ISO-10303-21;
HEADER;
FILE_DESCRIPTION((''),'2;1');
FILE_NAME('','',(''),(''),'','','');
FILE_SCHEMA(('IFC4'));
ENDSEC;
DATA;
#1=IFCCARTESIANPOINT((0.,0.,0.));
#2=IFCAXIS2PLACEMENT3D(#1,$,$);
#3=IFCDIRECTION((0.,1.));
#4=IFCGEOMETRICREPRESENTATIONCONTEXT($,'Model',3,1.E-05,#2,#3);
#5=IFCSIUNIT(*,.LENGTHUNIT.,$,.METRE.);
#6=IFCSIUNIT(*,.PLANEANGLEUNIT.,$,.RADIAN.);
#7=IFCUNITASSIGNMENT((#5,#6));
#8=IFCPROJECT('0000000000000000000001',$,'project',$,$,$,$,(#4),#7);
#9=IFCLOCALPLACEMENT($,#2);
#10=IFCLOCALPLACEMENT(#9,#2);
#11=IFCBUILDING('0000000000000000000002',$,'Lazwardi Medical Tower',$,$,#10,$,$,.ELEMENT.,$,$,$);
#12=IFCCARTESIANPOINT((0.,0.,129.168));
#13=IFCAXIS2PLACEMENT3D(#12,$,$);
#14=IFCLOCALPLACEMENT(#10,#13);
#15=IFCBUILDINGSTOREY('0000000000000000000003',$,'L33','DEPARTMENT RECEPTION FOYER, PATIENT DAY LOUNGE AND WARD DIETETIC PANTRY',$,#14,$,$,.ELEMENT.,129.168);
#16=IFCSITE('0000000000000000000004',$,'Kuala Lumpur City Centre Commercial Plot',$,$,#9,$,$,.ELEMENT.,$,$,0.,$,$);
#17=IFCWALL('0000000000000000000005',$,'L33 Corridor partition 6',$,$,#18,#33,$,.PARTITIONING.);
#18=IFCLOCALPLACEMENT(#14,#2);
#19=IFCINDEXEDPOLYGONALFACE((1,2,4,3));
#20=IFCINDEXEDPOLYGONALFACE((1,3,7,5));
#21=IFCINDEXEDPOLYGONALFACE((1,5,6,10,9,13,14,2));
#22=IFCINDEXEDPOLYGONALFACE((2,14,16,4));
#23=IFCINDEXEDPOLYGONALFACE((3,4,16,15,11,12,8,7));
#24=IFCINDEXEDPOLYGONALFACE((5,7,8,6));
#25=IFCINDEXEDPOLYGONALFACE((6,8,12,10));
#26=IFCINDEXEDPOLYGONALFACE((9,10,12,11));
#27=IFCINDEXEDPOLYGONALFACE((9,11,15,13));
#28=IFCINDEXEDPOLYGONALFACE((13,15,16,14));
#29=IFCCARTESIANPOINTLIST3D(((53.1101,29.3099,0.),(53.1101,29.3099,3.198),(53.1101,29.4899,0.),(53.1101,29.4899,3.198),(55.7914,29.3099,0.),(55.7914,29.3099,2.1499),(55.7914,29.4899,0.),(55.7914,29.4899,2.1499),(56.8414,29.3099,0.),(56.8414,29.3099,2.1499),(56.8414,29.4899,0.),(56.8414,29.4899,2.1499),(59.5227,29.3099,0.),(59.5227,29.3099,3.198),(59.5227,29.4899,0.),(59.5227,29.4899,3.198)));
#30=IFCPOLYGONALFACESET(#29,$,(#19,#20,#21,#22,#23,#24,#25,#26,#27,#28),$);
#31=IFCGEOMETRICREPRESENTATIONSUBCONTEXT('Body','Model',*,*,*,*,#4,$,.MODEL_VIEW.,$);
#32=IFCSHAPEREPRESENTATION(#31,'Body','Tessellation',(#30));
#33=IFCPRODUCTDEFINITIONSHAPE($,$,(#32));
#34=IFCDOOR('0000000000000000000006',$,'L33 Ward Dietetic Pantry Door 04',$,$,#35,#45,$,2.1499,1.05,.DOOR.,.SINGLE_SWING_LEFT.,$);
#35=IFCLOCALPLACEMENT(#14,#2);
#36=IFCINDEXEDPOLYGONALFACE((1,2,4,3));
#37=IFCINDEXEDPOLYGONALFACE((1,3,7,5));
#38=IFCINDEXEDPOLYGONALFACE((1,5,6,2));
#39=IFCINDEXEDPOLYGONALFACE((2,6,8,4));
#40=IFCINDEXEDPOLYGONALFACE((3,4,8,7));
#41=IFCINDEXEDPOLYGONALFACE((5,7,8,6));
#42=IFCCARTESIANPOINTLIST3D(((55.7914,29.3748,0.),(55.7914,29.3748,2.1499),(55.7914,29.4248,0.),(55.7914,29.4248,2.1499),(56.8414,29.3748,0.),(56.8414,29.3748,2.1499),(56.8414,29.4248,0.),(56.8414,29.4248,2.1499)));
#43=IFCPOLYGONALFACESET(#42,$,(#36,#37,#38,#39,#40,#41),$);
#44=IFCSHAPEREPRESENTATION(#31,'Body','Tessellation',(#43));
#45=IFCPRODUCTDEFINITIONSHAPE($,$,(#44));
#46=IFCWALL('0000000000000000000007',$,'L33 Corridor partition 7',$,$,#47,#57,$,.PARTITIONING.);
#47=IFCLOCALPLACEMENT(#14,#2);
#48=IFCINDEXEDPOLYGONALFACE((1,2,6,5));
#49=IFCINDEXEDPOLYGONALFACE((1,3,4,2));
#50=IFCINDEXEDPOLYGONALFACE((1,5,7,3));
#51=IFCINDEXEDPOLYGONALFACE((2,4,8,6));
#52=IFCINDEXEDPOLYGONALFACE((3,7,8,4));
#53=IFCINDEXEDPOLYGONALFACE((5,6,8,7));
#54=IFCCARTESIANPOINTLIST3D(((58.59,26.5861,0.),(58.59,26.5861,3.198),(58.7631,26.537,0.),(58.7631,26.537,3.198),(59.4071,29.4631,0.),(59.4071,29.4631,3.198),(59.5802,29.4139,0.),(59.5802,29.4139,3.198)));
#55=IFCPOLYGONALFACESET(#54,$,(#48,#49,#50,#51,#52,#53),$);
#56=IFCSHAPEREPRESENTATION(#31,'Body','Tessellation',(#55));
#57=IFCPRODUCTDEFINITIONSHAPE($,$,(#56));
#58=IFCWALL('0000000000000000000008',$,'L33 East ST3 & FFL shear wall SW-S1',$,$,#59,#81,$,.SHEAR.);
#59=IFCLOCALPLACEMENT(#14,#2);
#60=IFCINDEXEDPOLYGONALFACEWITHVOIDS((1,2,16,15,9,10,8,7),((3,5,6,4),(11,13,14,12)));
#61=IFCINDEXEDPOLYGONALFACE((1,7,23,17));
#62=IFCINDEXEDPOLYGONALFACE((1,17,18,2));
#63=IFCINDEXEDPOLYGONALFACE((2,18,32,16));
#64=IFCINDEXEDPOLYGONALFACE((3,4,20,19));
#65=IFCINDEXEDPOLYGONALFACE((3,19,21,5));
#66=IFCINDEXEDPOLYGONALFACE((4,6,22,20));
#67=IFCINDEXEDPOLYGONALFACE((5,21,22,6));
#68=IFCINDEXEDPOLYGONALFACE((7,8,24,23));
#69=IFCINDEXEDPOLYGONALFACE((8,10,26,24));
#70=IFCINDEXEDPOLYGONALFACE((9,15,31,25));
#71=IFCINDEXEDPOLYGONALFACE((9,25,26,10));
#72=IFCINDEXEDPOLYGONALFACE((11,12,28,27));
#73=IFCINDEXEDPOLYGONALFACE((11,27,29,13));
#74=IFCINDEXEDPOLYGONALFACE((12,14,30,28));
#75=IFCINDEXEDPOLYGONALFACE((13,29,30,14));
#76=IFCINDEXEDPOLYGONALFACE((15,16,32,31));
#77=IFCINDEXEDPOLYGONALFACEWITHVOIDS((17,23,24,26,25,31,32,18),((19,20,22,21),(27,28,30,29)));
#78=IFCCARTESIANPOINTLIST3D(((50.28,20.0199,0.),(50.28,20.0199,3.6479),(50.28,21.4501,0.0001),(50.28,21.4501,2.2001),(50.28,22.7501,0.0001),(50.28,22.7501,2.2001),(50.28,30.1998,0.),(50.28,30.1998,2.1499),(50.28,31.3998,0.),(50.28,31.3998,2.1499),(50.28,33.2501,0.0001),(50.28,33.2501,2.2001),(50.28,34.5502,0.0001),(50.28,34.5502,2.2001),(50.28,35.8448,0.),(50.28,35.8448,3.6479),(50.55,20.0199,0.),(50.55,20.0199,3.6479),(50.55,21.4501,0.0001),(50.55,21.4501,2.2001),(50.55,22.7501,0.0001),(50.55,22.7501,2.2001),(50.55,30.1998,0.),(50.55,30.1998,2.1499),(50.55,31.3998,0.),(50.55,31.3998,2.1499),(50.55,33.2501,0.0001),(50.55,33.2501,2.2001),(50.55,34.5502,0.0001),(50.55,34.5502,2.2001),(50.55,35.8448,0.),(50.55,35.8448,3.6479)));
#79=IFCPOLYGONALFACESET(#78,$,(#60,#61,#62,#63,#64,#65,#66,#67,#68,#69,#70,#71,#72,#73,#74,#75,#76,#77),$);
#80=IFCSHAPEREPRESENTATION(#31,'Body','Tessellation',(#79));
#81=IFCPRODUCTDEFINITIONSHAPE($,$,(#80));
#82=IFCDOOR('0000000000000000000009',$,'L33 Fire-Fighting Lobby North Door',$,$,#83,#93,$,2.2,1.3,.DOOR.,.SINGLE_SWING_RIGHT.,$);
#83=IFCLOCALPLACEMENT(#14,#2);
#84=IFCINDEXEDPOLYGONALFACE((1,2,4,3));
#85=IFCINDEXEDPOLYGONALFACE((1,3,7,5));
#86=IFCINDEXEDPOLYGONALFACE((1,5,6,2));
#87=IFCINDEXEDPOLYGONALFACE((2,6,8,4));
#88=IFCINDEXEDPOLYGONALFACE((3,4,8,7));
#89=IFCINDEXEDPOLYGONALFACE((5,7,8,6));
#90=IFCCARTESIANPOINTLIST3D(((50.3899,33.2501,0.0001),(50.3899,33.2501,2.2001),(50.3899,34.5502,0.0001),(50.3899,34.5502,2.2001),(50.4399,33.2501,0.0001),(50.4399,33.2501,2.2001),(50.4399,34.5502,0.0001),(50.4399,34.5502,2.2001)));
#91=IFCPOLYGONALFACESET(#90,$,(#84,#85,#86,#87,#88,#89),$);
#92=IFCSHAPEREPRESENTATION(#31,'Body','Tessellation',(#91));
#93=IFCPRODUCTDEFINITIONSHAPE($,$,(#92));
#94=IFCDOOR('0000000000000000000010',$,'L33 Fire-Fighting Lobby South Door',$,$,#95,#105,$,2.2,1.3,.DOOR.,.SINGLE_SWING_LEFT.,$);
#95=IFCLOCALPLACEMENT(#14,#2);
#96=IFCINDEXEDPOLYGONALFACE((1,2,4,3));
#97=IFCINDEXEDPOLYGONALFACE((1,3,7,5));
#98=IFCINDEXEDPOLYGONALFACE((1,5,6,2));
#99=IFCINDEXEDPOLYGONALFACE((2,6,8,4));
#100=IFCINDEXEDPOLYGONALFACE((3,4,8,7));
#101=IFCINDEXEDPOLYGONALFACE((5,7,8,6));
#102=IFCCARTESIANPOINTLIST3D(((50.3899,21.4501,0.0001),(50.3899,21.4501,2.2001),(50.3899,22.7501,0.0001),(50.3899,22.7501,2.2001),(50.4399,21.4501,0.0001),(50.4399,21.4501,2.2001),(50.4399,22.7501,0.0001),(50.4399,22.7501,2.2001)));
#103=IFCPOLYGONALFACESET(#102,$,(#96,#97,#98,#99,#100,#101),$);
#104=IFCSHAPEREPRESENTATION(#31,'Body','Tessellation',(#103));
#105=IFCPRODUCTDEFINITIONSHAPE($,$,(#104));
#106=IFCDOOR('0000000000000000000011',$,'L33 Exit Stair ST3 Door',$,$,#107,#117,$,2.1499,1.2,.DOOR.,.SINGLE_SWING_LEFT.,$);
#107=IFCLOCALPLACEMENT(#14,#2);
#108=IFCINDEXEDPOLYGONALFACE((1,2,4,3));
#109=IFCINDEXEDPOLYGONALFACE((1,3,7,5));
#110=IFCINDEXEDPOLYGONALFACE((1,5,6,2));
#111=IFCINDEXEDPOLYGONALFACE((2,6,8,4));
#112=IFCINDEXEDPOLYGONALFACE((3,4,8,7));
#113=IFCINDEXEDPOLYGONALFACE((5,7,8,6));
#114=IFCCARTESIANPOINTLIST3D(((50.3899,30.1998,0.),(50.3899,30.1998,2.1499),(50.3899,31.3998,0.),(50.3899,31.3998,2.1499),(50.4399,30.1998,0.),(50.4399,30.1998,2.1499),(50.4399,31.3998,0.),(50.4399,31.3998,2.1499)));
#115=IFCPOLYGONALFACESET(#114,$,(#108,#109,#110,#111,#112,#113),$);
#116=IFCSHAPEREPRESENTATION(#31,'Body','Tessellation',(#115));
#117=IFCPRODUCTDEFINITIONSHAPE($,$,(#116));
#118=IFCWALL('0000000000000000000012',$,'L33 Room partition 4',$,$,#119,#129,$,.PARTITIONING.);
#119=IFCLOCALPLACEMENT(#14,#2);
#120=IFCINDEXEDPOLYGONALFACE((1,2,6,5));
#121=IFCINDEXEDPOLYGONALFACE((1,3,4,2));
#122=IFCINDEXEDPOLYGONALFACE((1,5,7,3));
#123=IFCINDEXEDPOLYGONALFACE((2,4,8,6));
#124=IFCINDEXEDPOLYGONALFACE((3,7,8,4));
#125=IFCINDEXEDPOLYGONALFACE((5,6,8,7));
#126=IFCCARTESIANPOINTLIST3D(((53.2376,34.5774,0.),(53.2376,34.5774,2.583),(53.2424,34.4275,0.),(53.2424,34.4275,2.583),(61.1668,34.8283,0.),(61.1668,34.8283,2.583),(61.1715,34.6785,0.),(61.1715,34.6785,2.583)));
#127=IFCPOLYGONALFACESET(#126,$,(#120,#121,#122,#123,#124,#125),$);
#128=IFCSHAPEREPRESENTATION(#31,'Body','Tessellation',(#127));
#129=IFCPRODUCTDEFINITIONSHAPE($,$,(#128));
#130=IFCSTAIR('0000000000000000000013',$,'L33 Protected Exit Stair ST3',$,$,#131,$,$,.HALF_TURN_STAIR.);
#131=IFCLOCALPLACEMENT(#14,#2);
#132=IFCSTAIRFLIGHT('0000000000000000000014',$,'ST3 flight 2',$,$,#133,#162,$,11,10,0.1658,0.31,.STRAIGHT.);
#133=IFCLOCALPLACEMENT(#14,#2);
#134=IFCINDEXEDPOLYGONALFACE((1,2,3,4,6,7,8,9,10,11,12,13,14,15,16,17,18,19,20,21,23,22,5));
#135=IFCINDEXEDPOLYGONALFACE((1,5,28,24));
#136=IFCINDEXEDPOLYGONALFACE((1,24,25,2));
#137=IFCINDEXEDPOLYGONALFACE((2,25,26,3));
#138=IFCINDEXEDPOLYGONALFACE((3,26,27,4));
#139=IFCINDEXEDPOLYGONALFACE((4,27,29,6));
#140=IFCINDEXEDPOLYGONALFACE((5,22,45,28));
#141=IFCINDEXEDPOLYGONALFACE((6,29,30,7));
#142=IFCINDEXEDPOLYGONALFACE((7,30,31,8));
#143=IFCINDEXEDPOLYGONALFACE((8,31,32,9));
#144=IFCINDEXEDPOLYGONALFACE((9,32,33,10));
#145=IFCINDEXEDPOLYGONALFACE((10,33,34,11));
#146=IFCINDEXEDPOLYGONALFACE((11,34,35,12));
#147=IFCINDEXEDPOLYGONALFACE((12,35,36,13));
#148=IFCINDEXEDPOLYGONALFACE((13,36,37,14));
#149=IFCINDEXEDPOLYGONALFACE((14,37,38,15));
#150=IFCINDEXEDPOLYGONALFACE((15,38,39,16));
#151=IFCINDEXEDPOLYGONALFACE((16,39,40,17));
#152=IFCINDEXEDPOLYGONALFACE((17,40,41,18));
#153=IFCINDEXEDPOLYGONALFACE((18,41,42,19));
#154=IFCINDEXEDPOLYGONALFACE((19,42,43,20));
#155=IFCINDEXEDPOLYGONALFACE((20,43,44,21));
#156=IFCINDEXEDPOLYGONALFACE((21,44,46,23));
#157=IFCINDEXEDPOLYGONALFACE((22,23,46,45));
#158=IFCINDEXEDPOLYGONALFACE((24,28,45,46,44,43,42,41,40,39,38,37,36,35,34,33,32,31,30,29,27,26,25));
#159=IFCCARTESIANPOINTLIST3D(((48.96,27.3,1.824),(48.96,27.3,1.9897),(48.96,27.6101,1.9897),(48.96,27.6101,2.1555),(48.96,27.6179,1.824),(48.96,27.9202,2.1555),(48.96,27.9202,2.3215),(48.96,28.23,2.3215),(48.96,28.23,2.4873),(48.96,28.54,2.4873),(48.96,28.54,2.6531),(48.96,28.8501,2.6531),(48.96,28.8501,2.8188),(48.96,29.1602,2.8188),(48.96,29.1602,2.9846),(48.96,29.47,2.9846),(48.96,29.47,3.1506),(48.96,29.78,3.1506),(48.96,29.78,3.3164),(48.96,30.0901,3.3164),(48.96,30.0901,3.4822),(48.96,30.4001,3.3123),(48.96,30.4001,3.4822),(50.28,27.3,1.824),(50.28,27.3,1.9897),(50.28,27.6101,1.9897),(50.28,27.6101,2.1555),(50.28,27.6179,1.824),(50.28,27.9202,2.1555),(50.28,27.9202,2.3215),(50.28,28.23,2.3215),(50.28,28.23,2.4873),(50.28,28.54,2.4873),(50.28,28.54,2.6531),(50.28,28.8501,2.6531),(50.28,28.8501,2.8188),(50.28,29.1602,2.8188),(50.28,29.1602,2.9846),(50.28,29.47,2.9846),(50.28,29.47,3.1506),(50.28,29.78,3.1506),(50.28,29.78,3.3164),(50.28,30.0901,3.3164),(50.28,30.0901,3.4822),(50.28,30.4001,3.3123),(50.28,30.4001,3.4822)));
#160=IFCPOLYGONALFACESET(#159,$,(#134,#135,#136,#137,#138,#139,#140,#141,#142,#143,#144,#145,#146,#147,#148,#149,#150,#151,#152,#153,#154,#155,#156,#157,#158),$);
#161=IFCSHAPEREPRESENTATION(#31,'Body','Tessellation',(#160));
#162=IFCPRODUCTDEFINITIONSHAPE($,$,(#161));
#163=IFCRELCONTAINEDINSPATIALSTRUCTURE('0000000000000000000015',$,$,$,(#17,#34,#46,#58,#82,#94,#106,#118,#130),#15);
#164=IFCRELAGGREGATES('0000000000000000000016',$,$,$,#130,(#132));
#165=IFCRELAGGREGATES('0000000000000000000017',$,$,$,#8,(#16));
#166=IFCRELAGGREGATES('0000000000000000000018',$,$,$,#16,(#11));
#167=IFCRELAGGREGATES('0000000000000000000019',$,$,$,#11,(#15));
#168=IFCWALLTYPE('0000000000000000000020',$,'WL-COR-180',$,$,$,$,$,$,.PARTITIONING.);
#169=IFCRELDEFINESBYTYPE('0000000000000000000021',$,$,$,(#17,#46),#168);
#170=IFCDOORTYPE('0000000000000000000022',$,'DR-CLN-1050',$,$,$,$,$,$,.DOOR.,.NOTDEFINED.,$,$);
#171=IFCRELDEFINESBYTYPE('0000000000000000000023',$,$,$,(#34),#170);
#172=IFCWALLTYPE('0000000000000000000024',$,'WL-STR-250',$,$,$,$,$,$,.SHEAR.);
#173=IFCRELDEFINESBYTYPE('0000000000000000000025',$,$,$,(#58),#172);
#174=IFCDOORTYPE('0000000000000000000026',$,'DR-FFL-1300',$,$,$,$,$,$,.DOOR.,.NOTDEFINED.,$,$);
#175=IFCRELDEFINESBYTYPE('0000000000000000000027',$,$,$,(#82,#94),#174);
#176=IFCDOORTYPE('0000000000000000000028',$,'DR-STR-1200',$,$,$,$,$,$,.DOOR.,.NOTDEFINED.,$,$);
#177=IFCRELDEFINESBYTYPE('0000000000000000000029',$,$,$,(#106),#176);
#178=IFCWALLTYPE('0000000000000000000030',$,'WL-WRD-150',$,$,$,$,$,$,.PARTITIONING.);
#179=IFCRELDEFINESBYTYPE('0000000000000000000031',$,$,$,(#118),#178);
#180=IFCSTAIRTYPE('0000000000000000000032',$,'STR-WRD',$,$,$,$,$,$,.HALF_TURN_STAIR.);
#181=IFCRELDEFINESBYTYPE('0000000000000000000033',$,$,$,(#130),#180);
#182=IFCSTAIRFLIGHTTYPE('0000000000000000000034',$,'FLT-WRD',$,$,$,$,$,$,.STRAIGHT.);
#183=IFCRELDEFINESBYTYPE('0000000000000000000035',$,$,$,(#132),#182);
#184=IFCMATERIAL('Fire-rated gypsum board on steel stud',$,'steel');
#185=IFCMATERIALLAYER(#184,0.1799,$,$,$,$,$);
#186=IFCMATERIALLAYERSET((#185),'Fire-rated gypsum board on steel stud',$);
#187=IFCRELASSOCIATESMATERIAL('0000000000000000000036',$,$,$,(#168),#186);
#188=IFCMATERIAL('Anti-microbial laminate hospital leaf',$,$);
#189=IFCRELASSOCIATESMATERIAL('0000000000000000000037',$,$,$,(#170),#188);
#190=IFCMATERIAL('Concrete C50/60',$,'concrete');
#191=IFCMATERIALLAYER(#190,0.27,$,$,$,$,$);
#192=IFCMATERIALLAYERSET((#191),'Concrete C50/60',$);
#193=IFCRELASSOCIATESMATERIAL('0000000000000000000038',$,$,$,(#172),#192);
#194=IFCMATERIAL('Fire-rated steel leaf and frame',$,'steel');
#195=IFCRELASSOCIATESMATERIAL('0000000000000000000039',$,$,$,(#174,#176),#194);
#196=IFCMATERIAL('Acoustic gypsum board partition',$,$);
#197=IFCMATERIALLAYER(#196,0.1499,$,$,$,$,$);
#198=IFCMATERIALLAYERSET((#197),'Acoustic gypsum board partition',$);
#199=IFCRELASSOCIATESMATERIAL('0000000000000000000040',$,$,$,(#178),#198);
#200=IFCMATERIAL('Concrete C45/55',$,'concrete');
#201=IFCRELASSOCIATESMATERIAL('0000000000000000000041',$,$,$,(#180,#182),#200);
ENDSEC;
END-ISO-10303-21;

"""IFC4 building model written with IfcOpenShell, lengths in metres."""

from ifc_helpers import new_model, si_unit, direction, frame, frame_2d, origin, place, context, subcontext, project, spatial, polyline, rectangle, outline, extrude, material, layer, layer_set, type_object, element, fill, aggregate, save


model = new_model("IFC4")

# Units and contexts
model_context = context("Model", 3, precision=1e-05, world=origin(), true_north=direction((0.0, 1.0)))
body_context = subcontext(model_context, "Body", "Model", "MODEL_VIEW")
ifc_project = project(units=[si_unit("LENGTHUNIT", "METRE"), si_unit("PLANEANGLEUNIT", "RADIAN")], contexts=[model_context])

# Site, building, storey
site_placement = place(None, origin())
site = spatial("IfcSite", under=ifc_project, at=site_placement, Name="Kuala Lumpur City Centre Commercial Plot", CompositionType="ELEMENT", RefElevation=0.0)
building_placement = place(site_placement, origin())
building = spatial("IfcBuilding", under=site, at=building_placement, Name="Lazwardi Medical Tower", CompositionType="ELEMENT")
storey_placement = place(building_placement, frame((0.0, 0.0, 129.168)))
storey = spatial("IfcBuildingStorey", under=building, at=storey_placement, Name="L33", Description="DEPARTMENT RECEPTION FOYER, PATIENT DAY LOUNGE AND WARD DIETETIC PANTRY", CompositionType="ELEMENT", Elevation=129.168)

# Shared definitions
ifc_material_1 = material(Name="Fire-rated gypsum board on steel stud", Category="steel")
ifc_layer_1 = layer(ifc_material_1, 0.1799)
ifc_layer_set_1 = layer_set([ifc_layer_1], Name="Fire-rated gypsum board on steel stud")
wall_type_1 = type_object("IfcWallType", Name="WL-COR-180", PredefinedType="PARTITIONING", material=ifc_layer_set_1)

# Wall, opening, door
wall_1_placement = place(storey_placement, frame((53.1101, 29.3999, 0.0), z_axis=(0.0, 0.0, 1.0), x_axis=(1.0, 0.0, 0.0)))
wall_1 = element("IfcWall", 1, at=wall_1_placement, inside=storey, type_object=wall_type_1, Name="L33 Corridor partition 6", PredefinedType="PARTITIONING", context=body_context, shape_type="SweptSolid", body=[
    extrude(rectangle(XDim=6.4126, YDim=0.1799, at=frame_2d((3.2063, 0.0))), origin(), (0.0, 0.0, 1.0), 3.198),
])
opening_1_placement = place(wall_1_placement, frame((2.6814, 0.0, 0.0)))
opening_1 = element("IfcOpeningElement", 2, at=opening_1_placement, cuts=wall_1, PredefinedType="OPENING", context=body_context, shape_type="SweptSolid", body=[
    extrude(rectangle(XDim=1.05, YDim=2.1499, at=frame_2d((0.5249, 1.075))), frame((0.0, 0.0999, 0.0), z_axis=(0.0, -1.0, 0.0), x_axis=(1.0, 0.0, 0.0)), (0.0, 0.0, 1.0), 0.2),
])
ifc_material_2 = material(Name="Anti-microbial laminate hospital leaf")
door_type_1 = type_object("IfcDoorType", Name="DR-CLN-1050", OperationType="NOTDEFINED", PredefinedType="DOOR", material=ifc_material_2)
door_1_placement = place(opening_1_placement, origin())
door_1 = element("IfcDoor", 3, at=door_1_placement, inside=storey, type_object=door_type_1, Name="L33 Ward Dietetic Pantry Door 04", OperationType="SINGLE_SWING_LEFT", OverallHeight=2.1499, OverallWidth=1.05, PredefinedType="DOOR", context=body_context, shape_type="SweptSolid", body=[
    extrude(rectangle(XDim=1.05, YDim=2.1499, at=frame_2d((0.5249, 1.075))), frame((0.0, 0.0249, 0.0), z_axis=(0.0, -1.0, 0.0), x_axis=(1.0, 0.0, 0.0)), (0.0, 0.0, 1.0), 0.05),
])
fill(opening_1, door_1)

# Wall
wall_2_placement = place(storey_placement, frame((59.4937, 29.4385, 0.0), z_axis=(0.0, 0.0, 1.0), x_axis=(-0.273222, -0.961951, 0.0)))
element("IfcWall", 4, at=wall_2_placement, inside=storey, type_object=wall_type_1, Name="L33 Corridor partition 7", PredefinedType="PARTITIONING", context=body_context, shape_type="SweptSolid", body=[
    extrude(rectangle(XDim=2.9907, YDim=0.1799, at=frame_2d((1.4954, 0.0))), origin(), (0.0, 0.0, 1.0), 3.198),
])

# Wall, openings, doors
ifc_material_3 = material(Name="Concrete C50/60", Category="concrete")
ifc_layer_2 = layer(ifc_material_3, 0.27)
ifc_layer_set_2 = layer_set([ifc_layer_2], Name="Concrete C50/60")
wall_type_2 = type_object("IfcWallType", Name="WL-STR-250", PredefinedType="SHEAR", material=ifc_layer_set_2)
wall_3_placement = place(storey_placement, frame((50.415, 35.845, 0.0), z_axis=(0.0, 0.0, 1.0), x_axis=(0.0, -1.0, 0.0)))
wall_3 = element("IfcWall", 5, at=wall_3_placement, inside=storey, type_object=wall_type_2, Name="L33 East ST3 & FFL shear wall SW-S1", PredefinedType="SHEAR", context=body_context, shape_type="SweptSolid", body=[
    extrude(rectangle(XDim=15.825, YDim=0.27, at=frame_2d((7.9126, 0.0))), origin(), (0.0, 0.0, 1.0), 3.6479),
])
opening_2_placement = place(wall_3_placement, frame((4.4451, 0.0, 0.0)))
opening_2 = element("IfcOpeningElement", 6, at=opening_2_placement, cuts=wall_3, PredefinedType="OPENING", context=body_context, shape_type="SweptSolid", body=[
    extrude(rectangle(XDim=1.2, YDim=2.1499, at=frame_2d((0.6001, 1.075))), frame((0.0, 0.145, 0.0), z_axis=(0.0, -1.0, 0.0), x_axis=(1.0, 0.0, 0.0)), (0.0, 0.0, 1.0), 0.29),
])
opening_3_placement = place(wall_3_placement, frame((1.2949, 0.0, 0.0)))
opening_3 = element("IfcOpeningElement", 7, at=opening_3_placement, cuts=wall_3, PredefinedType="OPENING", context=body_context, shape_type="SweptSolid", body=[
    extrude(rectangle(XDim=1.3, YDim=2.2, at=frame_2d((0.6499, 1.1001))), frame((0.0, 0.145, 0.0), z_axis=(0.0, -1.0, 0.0), x_axis=(1.0, 0.0, 0.0)), (0.0, 0.0, 1.0), 0.29),
])
opening_4_placement = place(wall_3_placement, frame((13.095, 0.0, 0.0)))
opening_4 = element("IfcOpeningElement", 8, at=opening_4_placement, cuts=wall_3, PredefinedType="OPENING", context=body_context, shape_type="SweptSolid", body=[
    extrude(rectangle(XDim=1.3, YDim=2.2, at=frame_2d((0.6499, 1.1001))), frame((0.0, 0.145, 0.0), z_axis=(0.0, -1.0, 0.0), x_axis=(1.0, 0.0, 0.0)), (0.0, 0.0, 1.0), 0.29),
])
ifc_material_4 = material(Name="Fire-rated steel leaf and frame", Category="steel")
door_type_2 = type_object("IfcDoorType", Name="DR-FFL-1300", OperationType="NOTDEFINED", PredefinedType="DOOR", material=ifc_material_4)
door_2_placement = place(opening_3_placement, origin())
door_2 = element("IfcDoor", 9, at=door_2_placement, inside=storey, type_object=door_type_2, Name="L33 Fire-Fighting Lobby North Door", OperationType="SINGLE_SWING_RIGHT", OverallHeight=2.2, OverallWidth=1.3, PredefinedType="DOOR", context=body_context, shape_type="SweptSolid", body=[
    extrude(rectangle(XDim=1.3, YDim=2.2, at=frame_2d((0.6499, 1.1001))), frame((0.0, 0.0249, 0.0), z_axis=(0.0, -1.0, 0.0), x_axis=(1.0, 0.0, 0.0)), (0.0, 0.0, 1.0), 0.05),
])
fill(opening_3, door_2)
door_3_placement = place(opening_4_placement, origin())
door_3 = element("IfcDoor", 10, at=door_3_placement, inside=storey, type_object=door_type_2, Name="L33 Fire-Fighting Lobby South Door", OperationType="SINGLE_SWING_LEFT", OverallHeight=2.2, OverallWidth=1.3, PredefinedType="DOOR", context=body_context, shape_type="SweptSolid", body=[
    extrude(rectangle(XDim=1.3, YDim=2.2, at=frame_2d((0.6499, 1.1001))), frame((0.0, 0.0249, 0.0), z_axis=(0.0, -1.0, 0.0), x_axis=(1.0, 0.0, 0.0)), (0.0, 0.0, 1.0), 0.05),
])
fill(opening_4, door_3)
door_type_3 = type_object("IfcDoorType", Name="DR-STR-1200", OperationType="NOTDEFINED", PredefinedType="DOOR", material=ifc_material_4)
door_4_placement = place(opening_2_placement, origin())
door_4 = element("IfcDoor", 11, at=door_4_placement, inside=storey, type_object=door_type_3, Name="L33 Exit Stair ST3 Door", OperationType="SINGLE_SWING_LEFT", OverallHeight=2.1499, OverallWidth=1.2, PredefinedType="DOOR", context=body_context, shape_type="SweptSolid", body=[
    extrude(rectangle(XDim=1.2, YDim=2.1499, at=frame_2d((0.6001, 1.075))), frame((0.0, 0.0249, 0.0), z_axis=(0.0, -1.0, 0.0), x_axis=(1.0, 0.0, 0.0)), (0.0, 0.0, 1.0), 0.05),
])
fill(opening_2, door_4)

# Wall
ifc_material_5 = material(Name="Acoustic gypsum board partition")
ifc_layer_3 = layer(ifc_material_5, 0.1499)
ifc_layer_set_3 = layer_set([ifc_layer_3], Name="Acoustic gypsum board partition")
wall_type_3 = type_object("IfcWallType", Name="WL-WRD-150", PredefinedType="PARTITIONING", material=ifc_layer_set_3)
wall_4_placement = place(storey_placement, frame((53.24, 34.5024, 0.0), z_axis=(0.0, 0.0, 1.0), x_axis=(0.999499, 0.031636, 0.0)))
element("IfcWall", 12, at=wall_4_placement, inside=storey, type_object=wall_type_3, Name="L33 Room partition 4", PredefinedType="PARTITIONING", context=body_context, shape_type="SweptSolid", body=[
    extrude(rectangle(XDim=7.9331, YDim=0.1499, at=frame_2d((3.9666, 0.0))), origin(), (0.0, 0.0, 1.0), 2.583),
])

# Stair, stair flight
ifc_material_6 = material(Name="Concrete C45/55", Category="concrete")
stair_type = type_object("IfcStairType", Name="STR-WRD", PredefinedType="HALF_TURN_STAIR", material=ifc_material_6)
stair_placement = place(storey_placement, origin())
stair = element("IfcStair", 13, at=stair_placement, inside=storey, type_object=stair_type, Name="L33 Protected Exit Stair ST3", PredefinedType="HALF_TURN_STAIR")
stair_flight_type = type_object("IfcStairFlightType", Name="FLT-WRD", PredefinedType="STRAIGHT", material=ifc_material_6)
stair_flight_placement = place(storey_placement, frame((49.6201, 27.3, 1.824), z_axis=(0.0, 0.0, 1.0), x_axis=(0.0, 1.0, 0.0)))
stair_flight = element("IfcStairFlight", 14, at=stair_flight_placement, type_object=stair_flight_type, Name="ST3 flight 2", NumberOfRisers=11, NumberOfTreads=10, PredefinedType="STRAIGHT", RiserHeight=0.1658, TreadLength=0.31, context=body_context, shape_type="SweptSolid", body=[
    extrude(outline(polyline([(0.0, 0.0), (0.0, 0.1658), (0.3101, 0.1658), (0.3101, 0.3315), (0.6201, 0.3315), (0.6201, 0.4976), (0.9299, 0.4976), (0.9299, 0.6633), (1.24, 0.6633), (1.24, 0.8291), (1.55, 0.8291), (1.55, 0.9949), (1.8601, 0.9949), (1.8601, 1.1606), (2.1699, 1.1606), (2.1699, 1.3267), (2.48, 1.3267), (2.48, 1.4924), (2.79, 1.4924), (2.79, 1.6582), (3.1001, 1.6582), (3.1001, 1.824), (3.1001, 1.4883), (0.3179, 0.0), (0.0, 0.0)])), frame((0.0, 0.6602, 0.0), z_axis=(0.0, -1.0, 0.0), x_axis=(1.0, 0.0, 0.0)), (0.0, 0.0, 1.0), 1.3201),
])
aggregate(stair, [stair_flight])

save(model, "model.ifc")
